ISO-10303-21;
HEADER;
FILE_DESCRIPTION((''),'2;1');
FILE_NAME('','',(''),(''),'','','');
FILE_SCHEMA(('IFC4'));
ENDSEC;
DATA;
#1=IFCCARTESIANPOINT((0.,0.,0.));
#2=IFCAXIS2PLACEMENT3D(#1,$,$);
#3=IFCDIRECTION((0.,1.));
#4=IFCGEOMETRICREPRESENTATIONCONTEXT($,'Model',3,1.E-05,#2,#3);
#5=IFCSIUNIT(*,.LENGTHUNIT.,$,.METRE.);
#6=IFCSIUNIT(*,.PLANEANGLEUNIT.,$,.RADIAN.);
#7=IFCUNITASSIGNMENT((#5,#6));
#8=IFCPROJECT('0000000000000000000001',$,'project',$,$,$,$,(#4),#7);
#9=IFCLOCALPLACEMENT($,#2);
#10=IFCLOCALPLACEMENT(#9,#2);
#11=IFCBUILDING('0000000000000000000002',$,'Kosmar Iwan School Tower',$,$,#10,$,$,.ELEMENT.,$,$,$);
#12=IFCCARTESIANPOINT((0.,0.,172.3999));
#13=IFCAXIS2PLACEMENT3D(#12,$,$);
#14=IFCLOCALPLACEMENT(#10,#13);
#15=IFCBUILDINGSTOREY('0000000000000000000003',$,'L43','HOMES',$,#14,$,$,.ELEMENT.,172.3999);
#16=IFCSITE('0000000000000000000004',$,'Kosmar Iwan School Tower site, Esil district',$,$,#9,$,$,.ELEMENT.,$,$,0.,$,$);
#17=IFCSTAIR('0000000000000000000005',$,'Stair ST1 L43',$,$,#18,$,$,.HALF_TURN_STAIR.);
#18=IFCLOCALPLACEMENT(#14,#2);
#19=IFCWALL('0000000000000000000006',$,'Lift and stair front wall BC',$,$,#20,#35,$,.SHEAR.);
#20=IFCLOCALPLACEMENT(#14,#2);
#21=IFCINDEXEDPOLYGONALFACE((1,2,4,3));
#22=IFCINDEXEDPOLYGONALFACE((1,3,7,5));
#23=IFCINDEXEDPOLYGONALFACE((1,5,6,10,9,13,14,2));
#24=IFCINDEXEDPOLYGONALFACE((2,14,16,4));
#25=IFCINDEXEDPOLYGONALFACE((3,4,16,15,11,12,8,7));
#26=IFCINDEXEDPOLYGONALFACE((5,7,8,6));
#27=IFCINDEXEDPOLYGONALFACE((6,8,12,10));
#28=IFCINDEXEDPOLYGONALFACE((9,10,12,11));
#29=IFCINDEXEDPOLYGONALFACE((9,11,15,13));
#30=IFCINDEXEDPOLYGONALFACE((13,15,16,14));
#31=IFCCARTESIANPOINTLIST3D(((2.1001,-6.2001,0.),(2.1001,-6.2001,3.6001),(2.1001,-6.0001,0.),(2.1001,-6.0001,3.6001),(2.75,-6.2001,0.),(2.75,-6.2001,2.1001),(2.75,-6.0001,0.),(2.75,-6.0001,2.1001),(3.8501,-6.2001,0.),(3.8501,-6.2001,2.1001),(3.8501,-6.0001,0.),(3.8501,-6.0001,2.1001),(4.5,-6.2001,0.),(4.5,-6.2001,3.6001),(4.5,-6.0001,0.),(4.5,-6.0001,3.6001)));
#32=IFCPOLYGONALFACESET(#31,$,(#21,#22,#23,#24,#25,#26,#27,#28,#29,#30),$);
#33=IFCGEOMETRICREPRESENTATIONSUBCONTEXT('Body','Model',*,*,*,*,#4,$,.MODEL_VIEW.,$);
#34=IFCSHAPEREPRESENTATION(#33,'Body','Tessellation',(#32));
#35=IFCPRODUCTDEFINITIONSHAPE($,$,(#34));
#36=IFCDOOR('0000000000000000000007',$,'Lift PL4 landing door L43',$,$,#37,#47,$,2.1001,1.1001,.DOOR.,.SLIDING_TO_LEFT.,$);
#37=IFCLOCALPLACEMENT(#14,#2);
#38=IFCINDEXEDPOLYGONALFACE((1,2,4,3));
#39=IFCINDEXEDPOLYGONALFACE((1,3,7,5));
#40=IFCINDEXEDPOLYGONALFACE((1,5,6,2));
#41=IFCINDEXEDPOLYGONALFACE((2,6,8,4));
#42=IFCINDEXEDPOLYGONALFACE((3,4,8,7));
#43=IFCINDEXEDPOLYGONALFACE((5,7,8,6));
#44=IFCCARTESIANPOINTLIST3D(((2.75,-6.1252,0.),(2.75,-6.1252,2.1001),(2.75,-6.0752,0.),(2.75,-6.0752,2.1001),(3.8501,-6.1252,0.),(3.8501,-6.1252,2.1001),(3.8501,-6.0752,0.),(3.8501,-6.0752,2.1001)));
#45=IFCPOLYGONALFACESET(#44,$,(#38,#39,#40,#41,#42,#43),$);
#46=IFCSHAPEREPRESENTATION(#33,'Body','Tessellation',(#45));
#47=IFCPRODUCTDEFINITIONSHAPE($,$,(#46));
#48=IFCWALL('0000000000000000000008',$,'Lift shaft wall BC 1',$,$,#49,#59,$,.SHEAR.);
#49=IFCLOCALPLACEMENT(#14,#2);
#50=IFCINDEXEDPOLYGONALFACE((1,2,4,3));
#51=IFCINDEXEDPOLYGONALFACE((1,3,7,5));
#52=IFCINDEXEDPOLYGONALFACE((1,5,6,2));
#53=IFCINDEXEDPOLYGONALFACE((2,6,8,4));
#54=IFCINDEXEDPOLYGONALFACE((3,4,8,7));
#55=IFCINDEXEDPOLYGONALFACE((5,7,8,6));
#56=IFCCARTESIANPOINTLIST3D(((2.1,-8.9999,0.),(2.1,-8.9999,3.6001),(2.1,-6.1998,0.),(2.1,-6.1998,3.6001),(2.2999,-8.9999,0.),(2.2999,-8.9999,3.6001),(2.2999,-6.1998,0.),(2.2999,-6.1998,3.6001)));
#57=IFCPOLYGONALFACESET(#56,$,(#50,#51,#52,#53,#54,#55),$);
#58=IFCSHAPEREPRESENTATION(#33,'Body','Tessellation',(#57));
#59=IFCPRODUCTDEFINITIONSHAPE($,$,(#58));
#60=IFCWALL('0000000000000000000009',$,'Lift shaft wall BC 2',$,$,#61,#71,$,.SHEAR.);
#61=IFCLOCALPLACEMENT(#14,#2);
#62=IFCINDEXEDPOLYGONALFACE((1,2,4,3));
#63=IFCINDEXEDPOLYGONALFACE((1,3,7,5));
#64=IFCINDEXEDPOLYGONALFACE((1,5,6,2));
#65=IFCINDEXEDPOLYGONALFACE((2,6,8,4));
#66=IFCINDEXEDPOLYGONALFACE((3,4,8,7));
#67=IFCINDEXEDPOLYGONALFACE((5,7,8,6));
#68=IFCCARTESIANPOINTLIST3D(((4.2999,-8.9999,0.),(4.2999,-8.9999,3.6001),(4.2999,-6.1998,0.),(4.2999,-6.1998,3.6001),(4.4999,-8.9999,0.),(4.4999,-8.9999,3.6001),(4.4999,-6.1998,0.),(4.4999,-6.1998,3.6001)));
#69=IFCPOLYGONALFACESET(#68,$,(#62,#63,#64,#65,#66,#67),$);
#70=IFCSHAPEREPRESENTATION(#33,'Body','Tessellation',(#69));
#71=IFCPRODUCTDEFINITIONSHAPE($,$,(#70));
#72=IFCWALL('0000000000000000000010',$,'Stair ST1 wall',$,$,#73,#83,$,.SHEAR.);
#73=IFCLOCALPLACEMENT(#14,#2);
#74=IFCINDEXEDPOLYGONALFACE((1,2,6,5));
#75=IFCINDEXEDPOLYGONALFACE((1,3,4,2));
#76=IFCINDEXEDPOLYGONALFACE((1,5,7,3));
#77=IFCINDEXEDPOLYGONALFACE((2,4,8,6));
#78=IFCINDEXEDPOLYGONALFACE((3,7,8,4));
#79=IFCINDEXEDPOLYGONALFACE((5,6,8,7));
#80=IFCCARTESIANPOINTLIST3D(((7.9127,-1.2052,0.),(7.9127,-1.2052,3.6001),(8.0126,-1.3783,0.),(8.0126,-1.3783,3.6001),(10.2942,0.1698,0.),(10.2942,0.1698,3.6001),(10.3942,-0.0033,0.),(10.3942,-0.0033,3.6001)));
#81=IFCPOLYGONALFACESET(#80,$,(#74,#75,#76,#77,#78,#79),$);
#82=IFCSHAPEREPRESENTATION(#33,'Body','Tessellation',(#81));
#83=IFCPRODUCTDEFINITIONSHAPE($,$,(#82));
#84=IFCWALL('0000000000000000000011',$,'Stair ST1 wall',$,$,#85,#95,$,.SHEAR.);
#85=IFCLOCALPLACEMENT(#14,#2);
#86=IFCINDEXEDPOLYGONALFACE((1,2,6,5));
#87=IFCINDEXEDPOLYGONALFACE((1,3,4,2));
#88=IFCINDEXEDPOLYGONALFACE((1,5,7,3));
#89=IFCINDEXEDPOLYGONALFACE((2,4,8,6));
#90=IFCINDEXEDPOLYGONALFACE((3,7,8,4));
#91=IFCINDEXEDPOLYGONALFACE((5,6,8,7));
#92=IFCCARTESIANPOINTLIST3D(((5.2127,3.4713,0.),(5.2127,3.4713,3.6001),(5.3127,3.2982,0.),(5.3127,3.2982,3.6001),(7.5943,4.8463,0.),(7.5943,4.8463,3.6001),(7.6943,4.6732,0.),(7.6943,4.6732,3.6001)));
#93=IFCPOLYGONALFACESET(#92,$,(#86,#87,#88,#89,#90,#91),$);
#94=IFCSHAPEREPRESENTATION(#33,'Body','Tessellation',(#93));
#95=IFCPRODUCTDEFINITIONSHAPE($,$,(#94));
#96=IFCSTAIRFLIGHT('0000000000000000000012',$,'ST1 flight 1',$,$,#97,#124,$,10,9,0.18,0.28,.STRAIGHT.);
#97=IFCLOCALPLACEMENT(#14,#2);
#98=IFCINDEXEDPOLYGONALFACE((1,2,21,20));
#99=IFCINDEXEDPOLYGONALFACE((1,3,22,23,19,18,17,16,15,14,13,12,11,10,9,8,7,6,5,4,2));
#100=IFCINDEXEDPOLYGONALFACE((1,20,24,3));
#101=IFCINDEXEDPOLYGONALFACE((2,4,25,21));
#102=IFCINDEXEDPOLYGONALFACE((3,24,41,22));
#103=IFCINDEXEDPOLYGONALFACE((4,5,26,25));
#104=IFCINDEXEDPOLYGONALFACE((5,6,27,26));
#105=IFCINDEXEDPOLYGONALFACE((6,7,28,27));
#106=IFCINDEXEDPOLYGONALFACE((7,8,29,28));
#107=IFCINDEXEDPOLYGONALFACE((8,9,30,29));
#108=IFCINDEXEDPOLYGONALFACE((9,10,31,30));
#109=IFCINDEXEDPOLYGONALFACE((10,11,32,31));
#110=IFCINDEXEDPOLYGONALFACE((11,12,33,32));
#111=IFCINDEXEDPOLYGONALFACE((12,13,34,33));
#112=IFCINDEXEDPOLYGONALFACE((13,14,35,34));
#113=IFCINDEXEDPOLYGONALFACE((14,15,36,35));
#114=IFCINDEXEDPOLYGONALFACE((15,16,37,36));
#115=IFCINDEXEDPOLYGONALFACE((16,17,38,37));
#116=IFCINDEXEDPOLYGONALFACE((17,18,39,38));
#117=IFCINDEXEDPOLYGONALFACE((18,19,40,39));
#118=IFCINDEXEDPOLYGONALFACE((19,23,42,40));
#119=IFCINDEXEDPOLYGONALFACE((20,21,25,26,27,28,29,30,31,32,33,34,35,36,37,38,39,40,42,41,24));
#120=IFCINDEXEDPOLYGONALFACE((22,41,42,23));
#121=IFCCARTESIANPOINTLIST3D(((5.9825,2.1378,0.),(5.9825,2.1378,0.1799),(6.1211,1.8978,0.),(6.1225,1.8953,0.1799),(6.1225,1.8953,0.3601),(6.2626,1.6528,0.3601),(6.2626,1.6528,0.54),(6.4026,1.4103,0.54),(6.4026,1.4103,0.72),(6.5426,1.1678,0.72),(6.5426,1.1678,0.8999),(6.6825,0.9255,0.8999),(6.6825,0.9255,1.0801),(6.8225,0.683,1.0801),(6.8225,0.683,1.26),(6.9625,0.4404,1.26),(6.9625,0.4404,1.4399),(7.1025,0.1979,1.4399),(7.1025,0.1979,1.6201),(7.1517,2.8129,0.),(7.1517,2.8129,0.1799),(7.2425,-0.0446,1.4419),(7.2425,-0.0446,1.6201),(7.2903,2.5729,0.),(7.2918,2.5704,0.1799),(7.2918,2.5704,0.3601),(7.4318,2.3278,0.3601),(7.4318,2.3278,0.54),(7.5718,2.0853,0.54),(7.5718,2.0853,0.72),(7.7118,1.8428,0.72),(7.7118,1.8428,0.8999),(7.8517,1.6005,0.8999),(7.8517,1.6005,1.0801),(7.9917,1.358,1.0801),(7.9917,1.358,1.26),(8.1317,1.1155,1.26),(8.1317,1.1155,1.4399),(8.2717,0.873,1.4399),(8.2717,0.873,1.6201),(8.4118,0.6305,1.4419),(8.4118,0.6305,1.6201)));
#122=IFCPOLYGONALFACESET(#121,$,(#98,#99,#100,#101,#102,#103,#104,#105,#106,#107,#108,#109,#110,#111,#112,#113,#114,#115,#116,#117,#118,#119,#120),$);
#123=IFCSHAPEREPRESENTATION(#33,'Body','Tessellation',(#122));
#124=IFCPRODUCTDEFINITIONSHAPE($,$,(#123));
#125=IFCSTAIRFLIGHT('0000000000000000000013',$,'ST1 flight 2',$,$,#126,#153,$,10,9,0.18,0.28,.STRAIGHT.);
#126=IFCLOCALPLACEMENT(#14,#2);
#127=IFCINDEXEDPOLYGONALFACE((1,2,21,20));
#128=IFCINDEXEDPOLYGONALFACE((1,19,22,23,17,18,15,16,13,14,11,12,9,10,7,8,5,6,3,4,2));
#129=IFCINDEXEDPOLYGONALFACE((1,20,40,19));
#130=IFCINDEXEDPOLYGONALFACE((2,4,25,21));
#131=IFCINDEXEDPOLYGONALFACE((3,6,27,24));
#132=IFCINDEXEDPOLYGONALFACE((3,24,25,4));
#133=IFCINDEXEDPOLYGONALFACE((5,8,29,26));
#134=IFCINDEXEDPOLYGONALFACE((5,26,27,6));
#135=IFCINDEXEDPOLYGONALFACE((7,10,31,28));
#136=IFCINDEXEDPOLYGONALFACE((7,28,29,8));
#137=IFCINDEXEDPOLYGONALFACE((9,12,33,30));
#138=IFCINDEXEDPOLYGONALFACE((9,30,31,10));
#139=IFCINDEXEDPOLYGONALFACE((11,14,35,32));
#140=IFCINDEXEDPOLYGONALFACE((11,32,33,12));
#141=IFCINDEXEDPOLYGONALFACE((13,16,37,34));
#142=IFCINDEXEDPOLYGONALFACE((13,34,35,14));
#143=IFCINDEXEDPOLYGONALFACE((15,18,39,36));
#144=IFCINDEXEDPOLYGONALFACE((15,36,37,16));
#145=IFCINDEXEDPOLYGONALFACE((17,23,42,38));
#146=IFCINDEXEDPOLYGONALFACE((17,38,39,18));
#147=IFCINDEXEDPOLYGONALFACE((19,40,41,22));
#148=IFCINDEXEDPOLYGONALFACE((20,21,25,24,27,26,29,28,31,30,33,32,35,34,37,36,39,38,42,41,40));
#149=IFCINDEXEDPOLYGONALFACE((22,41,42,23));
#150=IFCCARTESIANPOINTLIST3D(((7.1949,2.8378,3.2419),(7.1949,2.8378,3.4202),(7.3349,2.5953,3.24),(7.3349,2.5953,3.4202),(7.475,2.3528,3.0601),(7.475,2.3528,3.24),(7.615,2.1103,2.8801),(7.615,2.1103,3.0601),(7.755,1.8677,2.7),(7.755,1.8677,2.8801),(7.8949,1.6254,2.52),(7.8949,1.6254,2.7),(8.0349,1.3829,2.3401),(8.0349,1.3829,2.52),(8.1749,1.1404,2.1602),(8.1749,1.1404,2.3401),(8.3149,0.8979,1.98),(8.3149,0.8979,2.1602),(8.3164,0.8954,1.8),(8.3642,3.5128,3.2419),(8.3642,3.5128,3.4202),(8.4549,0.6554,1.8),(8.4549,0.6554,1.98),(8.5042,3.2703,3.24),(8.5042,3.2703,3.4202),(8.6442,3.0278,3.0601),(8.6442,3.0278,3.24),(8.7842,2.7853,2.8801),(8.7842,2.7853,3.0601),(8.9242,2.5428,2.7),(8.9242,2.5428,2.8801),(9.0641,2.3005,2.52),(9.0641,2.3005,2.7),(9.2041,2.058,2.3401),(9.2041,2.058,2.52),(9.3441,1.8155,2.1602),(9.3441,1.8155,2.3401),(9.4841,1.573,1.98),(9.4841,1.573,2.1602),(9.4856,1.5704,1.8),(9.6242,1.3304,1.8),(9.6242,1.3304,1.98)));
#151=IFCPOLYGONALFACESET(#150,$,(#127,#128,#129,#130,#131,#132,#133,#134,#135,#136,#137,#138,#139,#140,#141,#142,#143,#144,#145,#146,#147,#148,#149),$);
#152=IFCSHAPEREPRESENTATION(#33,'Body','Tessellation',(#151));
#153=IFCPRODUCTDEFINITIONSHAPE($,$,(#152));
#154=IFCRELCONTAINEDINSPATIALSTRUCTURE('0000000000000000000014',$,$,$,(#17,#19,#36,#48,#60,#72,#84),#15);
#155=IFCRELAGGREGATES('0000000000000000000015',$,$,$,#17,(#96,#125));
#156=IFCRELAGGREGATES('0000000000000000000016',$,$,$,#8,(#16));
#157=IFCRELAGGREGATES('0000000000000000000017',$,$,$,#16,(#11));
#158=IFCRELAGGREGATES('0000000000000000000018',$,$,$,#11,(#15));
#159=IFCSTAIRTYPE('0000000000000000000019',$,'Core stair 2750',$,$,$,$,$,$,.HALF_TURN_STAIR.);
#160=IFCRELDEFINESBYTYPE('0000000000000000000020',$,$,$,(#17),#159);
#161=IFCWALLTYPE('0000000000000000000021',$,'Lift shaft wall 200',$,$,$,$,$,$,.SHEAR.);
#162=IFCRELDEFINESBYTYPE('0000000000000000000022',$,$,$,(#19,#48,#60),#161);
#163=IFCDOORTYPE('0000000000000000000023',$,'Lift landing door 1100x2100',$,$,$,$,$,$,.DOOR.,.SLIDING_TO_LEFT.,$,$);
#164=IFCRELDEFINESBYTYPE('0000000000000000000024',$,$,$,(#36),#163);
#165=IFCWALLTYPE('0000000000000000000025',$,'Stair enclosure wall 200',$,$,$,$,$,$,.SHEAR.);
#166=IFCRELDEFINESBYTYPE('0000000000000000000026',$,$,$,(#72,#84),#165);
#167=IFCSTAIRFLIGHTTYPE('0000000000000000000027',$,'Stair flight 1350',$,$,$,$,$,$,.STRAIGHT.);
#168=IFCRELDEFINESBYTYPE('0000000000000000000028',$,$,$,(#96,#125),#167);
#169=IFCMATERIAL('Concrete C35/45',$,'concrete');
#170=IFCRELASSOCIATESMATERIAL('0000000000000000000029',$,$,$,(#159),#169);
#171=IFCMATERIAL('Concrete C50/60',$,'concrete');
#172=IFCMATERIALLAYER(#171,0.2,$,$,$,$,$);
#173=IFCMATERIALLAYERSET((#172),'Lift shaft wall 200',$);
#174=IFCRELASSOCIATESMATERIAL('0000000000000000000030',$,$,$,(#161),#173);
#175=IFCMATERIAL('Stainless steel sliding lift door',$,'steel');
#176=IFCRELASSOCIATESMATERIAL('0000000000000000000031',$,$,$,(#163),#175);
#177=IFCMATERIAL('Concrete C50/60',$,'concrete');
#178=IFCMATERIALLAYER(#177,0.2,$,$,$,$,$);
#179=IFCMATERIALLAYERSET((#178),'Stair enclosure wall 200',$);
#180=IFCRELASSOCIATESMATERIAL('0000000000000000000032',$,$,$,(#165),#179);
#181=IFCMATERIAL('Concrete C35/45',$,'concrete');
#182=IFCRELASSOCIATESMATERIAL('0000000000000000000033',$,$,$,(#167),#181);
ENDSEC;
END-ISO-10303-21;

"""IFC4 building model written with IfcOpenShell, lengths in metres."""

from ifc_helpers import new_model, si_unit, direction, frame, frame_2d, origin, place, context, subcontext, project, spatial, polyline, rectangle, outline, extrude, material, layer, layer_set, type_object, element, fill, aggregate, save


model = new_model("IFC4")

# Units and contexts
model_context = context("Model", 3, precision=1e-05, world=origin(), true_north=direction((0.0, 1.0)))
body_context = subcontext(model_context, "Body", "Model", "MODEL_VIEW")
ifc_project = project(units=[si_unit("LENGTHUNIT", "METRE"), si_unit("PLANEANGLEUNIT", "RADIAN")], contexts=[model_context])

# Site, building, storey
site_placement = place(None, origin())
site = spatial("IfcSite", under=ifc_project, at=site_placement, Name="Kosmar Iwan School Tower site, Esil district", CompositionType="ELEMENT", RefElevation=0.0)
building_placement = place(site_placement, origin())
building = spatial("IfcBuilding", under=site, at=building_placement, Name="Kosmar Iwan School Tower", CompositionType="ELEMENT")
storey_placement = place(building_placement, frame((0.0, 0.0, 172.3999)))
storey = spatial("IfcBuildingStorey", under=building, at=storey_placement, Name="L43", Description="HOMES", CompositionType="ELEMENT", Elevation=172.3999)

# Stair
ifc_material_1 = material(Name="Concrete C35/45", Category="concrete")
stair_type_1 = type_object("IfcStairType", Name="Core stair 2750", PredefinedType="HALF_TURN_STAIR", material=ifc_material_1)
stair_1_placement = place(storey_placement, origin())
stair_1 = element("IfcStair", 1, at=stair_1_placement, inside=storey, type_object=stair_type_1, Name="Stair ST1 L43", PredefinedType="HALF_TURN_STAIR")

# Shared definitions
ifc_material_2 = material(Name="Concrete C50/60", Category="concrete")
ifc_layer_1 = layer(ifc_material_2, 0.2)
ifc_layer_set_1 = layer_set([ifc_layer_1], Name="Lift shaft wall 200")
wall_type_1 = type_object("IfcWallType", Name="Lift shaft wall 200", PredefinedType="SHEAR", material=ifc_layer_set_1)

# Wall, opening, door
wall_1_placement = place(storey_placement, frame((2.1001, -6.1001, 0.0), z_axis=(0.0, 0.0, 1.0), x_axis=(1.0, 0.0, 0.0)))
wall_1 = element("IfcWall", 2, at=wall_1_placement, inside=storey, type_object=wall_type_1, Name="Lift and stair front wall BC", PredefinedType="SHEAR", context=body_context, shape_type="SweptSolid", body=[
    extrude(rectangle(XDim=2.3999, YDim=0.2, at=frame_2d((1.2, 0.0))), origin(), (0.0, 0.0, 1.0), 3.6001),
])
opening_1_placement = place(wall_1_placement, frame((0.6499, 0.0, 0.0)))
opening_1 = element("IfcOpeningElement", 3, at=opening_1_placement, cuts=wall_1, PredefinedType="OPENING", context=body_context, shape_type="SweptSolid", body=[
    extrude(rectangle(XDim=1.1001, YDim=2.1001, at=frame_2d((0.55, 1.05))), frame((0.0, 0.1121, 0.0), z_axis=(0.0, -1.0, 0.0), x_axis=(1.0, 0.0, 0.0)), (0.0, 0.0, 1.0), 0.2239),
])
ifc_material_3 = material(Name="Stainless steel sliding lift door", Category="steel")
door_type_1 = type_object("IfcDoorType", Name="Lift landing door 1100x2100", OperationType="SLIDING_TO_LEFT", PredefinedType="DOOR", material=ifc_material_3)
door_1_placement = place(opening_1_placement, origin())
door_1 = element("IfcDoor", 4, at=door_1_placement, inside=storey, type_object=door_type_1, Name="Lift PL4 landing door L43", OperationType="SLIDING_TO_LEFT", OverallHeight=2.1001, OverallWidth=1.1001, PredefinedType="DOOR", context=body_context, shape_type="SweptSolid", body=[
    extrude(rectangle(XDim=1.1001, YDim=2.1001, at=frame_2d((0.55, 1.05))), frame((0.0, 0.0249, 0.0), z_axis=(0.0, -1.0, 0.0), x_axis=(1.0, 0.0, 0.0)), (0.0, 0.0, 1.0), 0.05),
])
fill(opening_1, door_1)

# Walls
for number, where, z_axis, x_axis, name in (
    (5, (2.2, -6.2, 0.0), (0.0, 0.0, 1.0), (0.0, -1.0, 0.0), "Lift shaft wall BC 1"),
    (6, (4.3999, -6.2, 0.0), (0.0, 0.0, 1.0), (0.0, -1.0, 0.0), "Lift shaft wall BC 2"),
):
    element("IfcWall", number, at=place(storey_placement, frame(where, z_axis=z_axis, x_axis=x_axis)), inside=storey, type_object=wall_type_1, Name=name, PredefinedType="SHEAR", context=body_context, shape_type="SweptSolid", body=[
        extrude(rectangle(XDim=2.8, YDim=0.2, at=frame_2d((1.3999, 0.0))), origin(), (0.0, 0.0, 1.0), 3.6001),
    ])
ifc_material_4 = material(Name="Concrete C50/60", Category="concrete")
ifc_layer_2 = layer(ifc_material_4, 0.2)
ifc_layer_set_2 = layer_set([ifc_layer_2], Name="Stair enclosure wall 200")
wall_type_2 = type_object("IfcWallType", Name="Stair enclosure wall 200", PredefinedType="SHEAR", material=ifc_layer_set_2)
for number, where, z_axis, x_axis, name in (
    (7, (7.9626, -1.2917, 0.0), (0.0, 0.0, 1.0), (0.866027, 0.499997, 0.0), "Stair ST1 wall"),
    (8, (5.2627, 3.3848, 0.0), (0.0, 0.0, 1.0), (0.866027, 0.499997, 0.0), "Stair ST1 wall"),
):
    element("IfcWall", number, at=place(storey_placement, frame(where, z_axis=z_axis, x_axis=x_axis)), inside=storey, type_object=wall_type_2, Name=name, PredefinedType="SHEAR", context=body_context, shape_type="SweptSolid", body=[
        extrude(rectangle(XDim=2.75, YDim=0.2, at=frame_2d((1.375, 0.0))), origin(), (0.0, 0.0, 1.0), 3.6001),
    ])

# Stair flights
ifc_material_5 = material(Name="Concrete C35/45", Category="concrete")
stair_flight_type = type_object("IfcStairFlightType", Name="Stair flight 1350", PredefinedType="STRAIGHT", material=ifc_material_5)
stair_flight_1_placement = place(storey_placement, frame((6.5671, 2.4753, 0.0), z_axis=(0.0, 0.0, 1.0), x_axis=(0.5, -0.866025, 0.0)))
stair_flight_1 = element("IfcStairFlight", 9, at=stair_flight_1_placement, type_object=stair_flight_type, Name="ST1 flight 1", NumberOfRisers=10, NumberOfTreads=9, PredefinedType="STRAIGHT", RiserHeight=0.18, TreadLength=0.28, context=body_context, shape_type="SweptSolid", body=[
    extrude(outline(polyline([(0.0, 0.0), (0.0, 0.1799), (0.28, 0.1799), (0.28, 0.3601), (0.5601, 0.3601), (0.5601, 0.54), (0.8401, 0.54), (0.8401, 0.72), (1.1201, 0.72), (1.1201, 0.8999), (1.3999, 0.8999), (1.3999, 1.0801), (1.6799, 1.0801), (1.6799, 1.26), (1.96, 1.26), (1.96, 1.4399), (2.24, 1.4399), (2.24, 1.6201), (2.52, 1.6201), (2.52, 1.8), (2.52, 1.4419), (0.2771, 0.0), (0.0, 0.0)])), frame((0.0, 0.675, 0.0), z_axis=(0.0, -1.0, 0.0), x_axis=(1.0, 0.0, 0.0)), (0.0, 0.0, 1.0), 1.3501),
])
stair_flight_2_placement = place(storey_placement, frame((9.0396, 0.9929, 1.8), z_axis=(0.0, 0.0, 1.0), x_axis=(-0.5, 0.866025, 0.0)))
stair_flight_2 = element("IfcStairFlight", 10, at=stair_flight_2_placement, type_object=stair_flight_type, Name="ST1 flight 2", NumberOfRisers=10, NumberOfTreads=9, PredefinedType="STRAIGHT", RiserHeight=0.18, TreadLength=0.28, context=body_context, shape_type="SweptSolid", body=[
    extrude(outline(polyline([(0.0, 0.0), (0.0, 0.1799), (0.28, 0.1799), (0.28, 0.3601), (0.5601, 0.3601), (0.5601, 0.54), (0.8401, 0.54), (0.8401, 0.72), (1.1201, 0.72), (1.1201, 0.8999), (1.3999, 0.8999), (1.3999, 1.0801), (1.6799, 1.0801), (1.6799, 1.26), (1.96, 1.26), (1.96, 1.4399), (2.24, 1.4399), (2.24, 1.6201), (2.52, 1.6201), (2.52, 1.8), (2.52, 1.4419), (0.2771, 0.0), (0.0, 0.0)])), frame((0.0, 0.675, 0.0), z_axis=(0.0, -1.0, 0.0), x_axis=(1.0, 0.0, 0.0)), (0.0, 0.0, 1.0), 1.3501),
])
aggregate(stair_1, [stair_flight_1, stair_flight_2])

save(model, "model.ifc")
